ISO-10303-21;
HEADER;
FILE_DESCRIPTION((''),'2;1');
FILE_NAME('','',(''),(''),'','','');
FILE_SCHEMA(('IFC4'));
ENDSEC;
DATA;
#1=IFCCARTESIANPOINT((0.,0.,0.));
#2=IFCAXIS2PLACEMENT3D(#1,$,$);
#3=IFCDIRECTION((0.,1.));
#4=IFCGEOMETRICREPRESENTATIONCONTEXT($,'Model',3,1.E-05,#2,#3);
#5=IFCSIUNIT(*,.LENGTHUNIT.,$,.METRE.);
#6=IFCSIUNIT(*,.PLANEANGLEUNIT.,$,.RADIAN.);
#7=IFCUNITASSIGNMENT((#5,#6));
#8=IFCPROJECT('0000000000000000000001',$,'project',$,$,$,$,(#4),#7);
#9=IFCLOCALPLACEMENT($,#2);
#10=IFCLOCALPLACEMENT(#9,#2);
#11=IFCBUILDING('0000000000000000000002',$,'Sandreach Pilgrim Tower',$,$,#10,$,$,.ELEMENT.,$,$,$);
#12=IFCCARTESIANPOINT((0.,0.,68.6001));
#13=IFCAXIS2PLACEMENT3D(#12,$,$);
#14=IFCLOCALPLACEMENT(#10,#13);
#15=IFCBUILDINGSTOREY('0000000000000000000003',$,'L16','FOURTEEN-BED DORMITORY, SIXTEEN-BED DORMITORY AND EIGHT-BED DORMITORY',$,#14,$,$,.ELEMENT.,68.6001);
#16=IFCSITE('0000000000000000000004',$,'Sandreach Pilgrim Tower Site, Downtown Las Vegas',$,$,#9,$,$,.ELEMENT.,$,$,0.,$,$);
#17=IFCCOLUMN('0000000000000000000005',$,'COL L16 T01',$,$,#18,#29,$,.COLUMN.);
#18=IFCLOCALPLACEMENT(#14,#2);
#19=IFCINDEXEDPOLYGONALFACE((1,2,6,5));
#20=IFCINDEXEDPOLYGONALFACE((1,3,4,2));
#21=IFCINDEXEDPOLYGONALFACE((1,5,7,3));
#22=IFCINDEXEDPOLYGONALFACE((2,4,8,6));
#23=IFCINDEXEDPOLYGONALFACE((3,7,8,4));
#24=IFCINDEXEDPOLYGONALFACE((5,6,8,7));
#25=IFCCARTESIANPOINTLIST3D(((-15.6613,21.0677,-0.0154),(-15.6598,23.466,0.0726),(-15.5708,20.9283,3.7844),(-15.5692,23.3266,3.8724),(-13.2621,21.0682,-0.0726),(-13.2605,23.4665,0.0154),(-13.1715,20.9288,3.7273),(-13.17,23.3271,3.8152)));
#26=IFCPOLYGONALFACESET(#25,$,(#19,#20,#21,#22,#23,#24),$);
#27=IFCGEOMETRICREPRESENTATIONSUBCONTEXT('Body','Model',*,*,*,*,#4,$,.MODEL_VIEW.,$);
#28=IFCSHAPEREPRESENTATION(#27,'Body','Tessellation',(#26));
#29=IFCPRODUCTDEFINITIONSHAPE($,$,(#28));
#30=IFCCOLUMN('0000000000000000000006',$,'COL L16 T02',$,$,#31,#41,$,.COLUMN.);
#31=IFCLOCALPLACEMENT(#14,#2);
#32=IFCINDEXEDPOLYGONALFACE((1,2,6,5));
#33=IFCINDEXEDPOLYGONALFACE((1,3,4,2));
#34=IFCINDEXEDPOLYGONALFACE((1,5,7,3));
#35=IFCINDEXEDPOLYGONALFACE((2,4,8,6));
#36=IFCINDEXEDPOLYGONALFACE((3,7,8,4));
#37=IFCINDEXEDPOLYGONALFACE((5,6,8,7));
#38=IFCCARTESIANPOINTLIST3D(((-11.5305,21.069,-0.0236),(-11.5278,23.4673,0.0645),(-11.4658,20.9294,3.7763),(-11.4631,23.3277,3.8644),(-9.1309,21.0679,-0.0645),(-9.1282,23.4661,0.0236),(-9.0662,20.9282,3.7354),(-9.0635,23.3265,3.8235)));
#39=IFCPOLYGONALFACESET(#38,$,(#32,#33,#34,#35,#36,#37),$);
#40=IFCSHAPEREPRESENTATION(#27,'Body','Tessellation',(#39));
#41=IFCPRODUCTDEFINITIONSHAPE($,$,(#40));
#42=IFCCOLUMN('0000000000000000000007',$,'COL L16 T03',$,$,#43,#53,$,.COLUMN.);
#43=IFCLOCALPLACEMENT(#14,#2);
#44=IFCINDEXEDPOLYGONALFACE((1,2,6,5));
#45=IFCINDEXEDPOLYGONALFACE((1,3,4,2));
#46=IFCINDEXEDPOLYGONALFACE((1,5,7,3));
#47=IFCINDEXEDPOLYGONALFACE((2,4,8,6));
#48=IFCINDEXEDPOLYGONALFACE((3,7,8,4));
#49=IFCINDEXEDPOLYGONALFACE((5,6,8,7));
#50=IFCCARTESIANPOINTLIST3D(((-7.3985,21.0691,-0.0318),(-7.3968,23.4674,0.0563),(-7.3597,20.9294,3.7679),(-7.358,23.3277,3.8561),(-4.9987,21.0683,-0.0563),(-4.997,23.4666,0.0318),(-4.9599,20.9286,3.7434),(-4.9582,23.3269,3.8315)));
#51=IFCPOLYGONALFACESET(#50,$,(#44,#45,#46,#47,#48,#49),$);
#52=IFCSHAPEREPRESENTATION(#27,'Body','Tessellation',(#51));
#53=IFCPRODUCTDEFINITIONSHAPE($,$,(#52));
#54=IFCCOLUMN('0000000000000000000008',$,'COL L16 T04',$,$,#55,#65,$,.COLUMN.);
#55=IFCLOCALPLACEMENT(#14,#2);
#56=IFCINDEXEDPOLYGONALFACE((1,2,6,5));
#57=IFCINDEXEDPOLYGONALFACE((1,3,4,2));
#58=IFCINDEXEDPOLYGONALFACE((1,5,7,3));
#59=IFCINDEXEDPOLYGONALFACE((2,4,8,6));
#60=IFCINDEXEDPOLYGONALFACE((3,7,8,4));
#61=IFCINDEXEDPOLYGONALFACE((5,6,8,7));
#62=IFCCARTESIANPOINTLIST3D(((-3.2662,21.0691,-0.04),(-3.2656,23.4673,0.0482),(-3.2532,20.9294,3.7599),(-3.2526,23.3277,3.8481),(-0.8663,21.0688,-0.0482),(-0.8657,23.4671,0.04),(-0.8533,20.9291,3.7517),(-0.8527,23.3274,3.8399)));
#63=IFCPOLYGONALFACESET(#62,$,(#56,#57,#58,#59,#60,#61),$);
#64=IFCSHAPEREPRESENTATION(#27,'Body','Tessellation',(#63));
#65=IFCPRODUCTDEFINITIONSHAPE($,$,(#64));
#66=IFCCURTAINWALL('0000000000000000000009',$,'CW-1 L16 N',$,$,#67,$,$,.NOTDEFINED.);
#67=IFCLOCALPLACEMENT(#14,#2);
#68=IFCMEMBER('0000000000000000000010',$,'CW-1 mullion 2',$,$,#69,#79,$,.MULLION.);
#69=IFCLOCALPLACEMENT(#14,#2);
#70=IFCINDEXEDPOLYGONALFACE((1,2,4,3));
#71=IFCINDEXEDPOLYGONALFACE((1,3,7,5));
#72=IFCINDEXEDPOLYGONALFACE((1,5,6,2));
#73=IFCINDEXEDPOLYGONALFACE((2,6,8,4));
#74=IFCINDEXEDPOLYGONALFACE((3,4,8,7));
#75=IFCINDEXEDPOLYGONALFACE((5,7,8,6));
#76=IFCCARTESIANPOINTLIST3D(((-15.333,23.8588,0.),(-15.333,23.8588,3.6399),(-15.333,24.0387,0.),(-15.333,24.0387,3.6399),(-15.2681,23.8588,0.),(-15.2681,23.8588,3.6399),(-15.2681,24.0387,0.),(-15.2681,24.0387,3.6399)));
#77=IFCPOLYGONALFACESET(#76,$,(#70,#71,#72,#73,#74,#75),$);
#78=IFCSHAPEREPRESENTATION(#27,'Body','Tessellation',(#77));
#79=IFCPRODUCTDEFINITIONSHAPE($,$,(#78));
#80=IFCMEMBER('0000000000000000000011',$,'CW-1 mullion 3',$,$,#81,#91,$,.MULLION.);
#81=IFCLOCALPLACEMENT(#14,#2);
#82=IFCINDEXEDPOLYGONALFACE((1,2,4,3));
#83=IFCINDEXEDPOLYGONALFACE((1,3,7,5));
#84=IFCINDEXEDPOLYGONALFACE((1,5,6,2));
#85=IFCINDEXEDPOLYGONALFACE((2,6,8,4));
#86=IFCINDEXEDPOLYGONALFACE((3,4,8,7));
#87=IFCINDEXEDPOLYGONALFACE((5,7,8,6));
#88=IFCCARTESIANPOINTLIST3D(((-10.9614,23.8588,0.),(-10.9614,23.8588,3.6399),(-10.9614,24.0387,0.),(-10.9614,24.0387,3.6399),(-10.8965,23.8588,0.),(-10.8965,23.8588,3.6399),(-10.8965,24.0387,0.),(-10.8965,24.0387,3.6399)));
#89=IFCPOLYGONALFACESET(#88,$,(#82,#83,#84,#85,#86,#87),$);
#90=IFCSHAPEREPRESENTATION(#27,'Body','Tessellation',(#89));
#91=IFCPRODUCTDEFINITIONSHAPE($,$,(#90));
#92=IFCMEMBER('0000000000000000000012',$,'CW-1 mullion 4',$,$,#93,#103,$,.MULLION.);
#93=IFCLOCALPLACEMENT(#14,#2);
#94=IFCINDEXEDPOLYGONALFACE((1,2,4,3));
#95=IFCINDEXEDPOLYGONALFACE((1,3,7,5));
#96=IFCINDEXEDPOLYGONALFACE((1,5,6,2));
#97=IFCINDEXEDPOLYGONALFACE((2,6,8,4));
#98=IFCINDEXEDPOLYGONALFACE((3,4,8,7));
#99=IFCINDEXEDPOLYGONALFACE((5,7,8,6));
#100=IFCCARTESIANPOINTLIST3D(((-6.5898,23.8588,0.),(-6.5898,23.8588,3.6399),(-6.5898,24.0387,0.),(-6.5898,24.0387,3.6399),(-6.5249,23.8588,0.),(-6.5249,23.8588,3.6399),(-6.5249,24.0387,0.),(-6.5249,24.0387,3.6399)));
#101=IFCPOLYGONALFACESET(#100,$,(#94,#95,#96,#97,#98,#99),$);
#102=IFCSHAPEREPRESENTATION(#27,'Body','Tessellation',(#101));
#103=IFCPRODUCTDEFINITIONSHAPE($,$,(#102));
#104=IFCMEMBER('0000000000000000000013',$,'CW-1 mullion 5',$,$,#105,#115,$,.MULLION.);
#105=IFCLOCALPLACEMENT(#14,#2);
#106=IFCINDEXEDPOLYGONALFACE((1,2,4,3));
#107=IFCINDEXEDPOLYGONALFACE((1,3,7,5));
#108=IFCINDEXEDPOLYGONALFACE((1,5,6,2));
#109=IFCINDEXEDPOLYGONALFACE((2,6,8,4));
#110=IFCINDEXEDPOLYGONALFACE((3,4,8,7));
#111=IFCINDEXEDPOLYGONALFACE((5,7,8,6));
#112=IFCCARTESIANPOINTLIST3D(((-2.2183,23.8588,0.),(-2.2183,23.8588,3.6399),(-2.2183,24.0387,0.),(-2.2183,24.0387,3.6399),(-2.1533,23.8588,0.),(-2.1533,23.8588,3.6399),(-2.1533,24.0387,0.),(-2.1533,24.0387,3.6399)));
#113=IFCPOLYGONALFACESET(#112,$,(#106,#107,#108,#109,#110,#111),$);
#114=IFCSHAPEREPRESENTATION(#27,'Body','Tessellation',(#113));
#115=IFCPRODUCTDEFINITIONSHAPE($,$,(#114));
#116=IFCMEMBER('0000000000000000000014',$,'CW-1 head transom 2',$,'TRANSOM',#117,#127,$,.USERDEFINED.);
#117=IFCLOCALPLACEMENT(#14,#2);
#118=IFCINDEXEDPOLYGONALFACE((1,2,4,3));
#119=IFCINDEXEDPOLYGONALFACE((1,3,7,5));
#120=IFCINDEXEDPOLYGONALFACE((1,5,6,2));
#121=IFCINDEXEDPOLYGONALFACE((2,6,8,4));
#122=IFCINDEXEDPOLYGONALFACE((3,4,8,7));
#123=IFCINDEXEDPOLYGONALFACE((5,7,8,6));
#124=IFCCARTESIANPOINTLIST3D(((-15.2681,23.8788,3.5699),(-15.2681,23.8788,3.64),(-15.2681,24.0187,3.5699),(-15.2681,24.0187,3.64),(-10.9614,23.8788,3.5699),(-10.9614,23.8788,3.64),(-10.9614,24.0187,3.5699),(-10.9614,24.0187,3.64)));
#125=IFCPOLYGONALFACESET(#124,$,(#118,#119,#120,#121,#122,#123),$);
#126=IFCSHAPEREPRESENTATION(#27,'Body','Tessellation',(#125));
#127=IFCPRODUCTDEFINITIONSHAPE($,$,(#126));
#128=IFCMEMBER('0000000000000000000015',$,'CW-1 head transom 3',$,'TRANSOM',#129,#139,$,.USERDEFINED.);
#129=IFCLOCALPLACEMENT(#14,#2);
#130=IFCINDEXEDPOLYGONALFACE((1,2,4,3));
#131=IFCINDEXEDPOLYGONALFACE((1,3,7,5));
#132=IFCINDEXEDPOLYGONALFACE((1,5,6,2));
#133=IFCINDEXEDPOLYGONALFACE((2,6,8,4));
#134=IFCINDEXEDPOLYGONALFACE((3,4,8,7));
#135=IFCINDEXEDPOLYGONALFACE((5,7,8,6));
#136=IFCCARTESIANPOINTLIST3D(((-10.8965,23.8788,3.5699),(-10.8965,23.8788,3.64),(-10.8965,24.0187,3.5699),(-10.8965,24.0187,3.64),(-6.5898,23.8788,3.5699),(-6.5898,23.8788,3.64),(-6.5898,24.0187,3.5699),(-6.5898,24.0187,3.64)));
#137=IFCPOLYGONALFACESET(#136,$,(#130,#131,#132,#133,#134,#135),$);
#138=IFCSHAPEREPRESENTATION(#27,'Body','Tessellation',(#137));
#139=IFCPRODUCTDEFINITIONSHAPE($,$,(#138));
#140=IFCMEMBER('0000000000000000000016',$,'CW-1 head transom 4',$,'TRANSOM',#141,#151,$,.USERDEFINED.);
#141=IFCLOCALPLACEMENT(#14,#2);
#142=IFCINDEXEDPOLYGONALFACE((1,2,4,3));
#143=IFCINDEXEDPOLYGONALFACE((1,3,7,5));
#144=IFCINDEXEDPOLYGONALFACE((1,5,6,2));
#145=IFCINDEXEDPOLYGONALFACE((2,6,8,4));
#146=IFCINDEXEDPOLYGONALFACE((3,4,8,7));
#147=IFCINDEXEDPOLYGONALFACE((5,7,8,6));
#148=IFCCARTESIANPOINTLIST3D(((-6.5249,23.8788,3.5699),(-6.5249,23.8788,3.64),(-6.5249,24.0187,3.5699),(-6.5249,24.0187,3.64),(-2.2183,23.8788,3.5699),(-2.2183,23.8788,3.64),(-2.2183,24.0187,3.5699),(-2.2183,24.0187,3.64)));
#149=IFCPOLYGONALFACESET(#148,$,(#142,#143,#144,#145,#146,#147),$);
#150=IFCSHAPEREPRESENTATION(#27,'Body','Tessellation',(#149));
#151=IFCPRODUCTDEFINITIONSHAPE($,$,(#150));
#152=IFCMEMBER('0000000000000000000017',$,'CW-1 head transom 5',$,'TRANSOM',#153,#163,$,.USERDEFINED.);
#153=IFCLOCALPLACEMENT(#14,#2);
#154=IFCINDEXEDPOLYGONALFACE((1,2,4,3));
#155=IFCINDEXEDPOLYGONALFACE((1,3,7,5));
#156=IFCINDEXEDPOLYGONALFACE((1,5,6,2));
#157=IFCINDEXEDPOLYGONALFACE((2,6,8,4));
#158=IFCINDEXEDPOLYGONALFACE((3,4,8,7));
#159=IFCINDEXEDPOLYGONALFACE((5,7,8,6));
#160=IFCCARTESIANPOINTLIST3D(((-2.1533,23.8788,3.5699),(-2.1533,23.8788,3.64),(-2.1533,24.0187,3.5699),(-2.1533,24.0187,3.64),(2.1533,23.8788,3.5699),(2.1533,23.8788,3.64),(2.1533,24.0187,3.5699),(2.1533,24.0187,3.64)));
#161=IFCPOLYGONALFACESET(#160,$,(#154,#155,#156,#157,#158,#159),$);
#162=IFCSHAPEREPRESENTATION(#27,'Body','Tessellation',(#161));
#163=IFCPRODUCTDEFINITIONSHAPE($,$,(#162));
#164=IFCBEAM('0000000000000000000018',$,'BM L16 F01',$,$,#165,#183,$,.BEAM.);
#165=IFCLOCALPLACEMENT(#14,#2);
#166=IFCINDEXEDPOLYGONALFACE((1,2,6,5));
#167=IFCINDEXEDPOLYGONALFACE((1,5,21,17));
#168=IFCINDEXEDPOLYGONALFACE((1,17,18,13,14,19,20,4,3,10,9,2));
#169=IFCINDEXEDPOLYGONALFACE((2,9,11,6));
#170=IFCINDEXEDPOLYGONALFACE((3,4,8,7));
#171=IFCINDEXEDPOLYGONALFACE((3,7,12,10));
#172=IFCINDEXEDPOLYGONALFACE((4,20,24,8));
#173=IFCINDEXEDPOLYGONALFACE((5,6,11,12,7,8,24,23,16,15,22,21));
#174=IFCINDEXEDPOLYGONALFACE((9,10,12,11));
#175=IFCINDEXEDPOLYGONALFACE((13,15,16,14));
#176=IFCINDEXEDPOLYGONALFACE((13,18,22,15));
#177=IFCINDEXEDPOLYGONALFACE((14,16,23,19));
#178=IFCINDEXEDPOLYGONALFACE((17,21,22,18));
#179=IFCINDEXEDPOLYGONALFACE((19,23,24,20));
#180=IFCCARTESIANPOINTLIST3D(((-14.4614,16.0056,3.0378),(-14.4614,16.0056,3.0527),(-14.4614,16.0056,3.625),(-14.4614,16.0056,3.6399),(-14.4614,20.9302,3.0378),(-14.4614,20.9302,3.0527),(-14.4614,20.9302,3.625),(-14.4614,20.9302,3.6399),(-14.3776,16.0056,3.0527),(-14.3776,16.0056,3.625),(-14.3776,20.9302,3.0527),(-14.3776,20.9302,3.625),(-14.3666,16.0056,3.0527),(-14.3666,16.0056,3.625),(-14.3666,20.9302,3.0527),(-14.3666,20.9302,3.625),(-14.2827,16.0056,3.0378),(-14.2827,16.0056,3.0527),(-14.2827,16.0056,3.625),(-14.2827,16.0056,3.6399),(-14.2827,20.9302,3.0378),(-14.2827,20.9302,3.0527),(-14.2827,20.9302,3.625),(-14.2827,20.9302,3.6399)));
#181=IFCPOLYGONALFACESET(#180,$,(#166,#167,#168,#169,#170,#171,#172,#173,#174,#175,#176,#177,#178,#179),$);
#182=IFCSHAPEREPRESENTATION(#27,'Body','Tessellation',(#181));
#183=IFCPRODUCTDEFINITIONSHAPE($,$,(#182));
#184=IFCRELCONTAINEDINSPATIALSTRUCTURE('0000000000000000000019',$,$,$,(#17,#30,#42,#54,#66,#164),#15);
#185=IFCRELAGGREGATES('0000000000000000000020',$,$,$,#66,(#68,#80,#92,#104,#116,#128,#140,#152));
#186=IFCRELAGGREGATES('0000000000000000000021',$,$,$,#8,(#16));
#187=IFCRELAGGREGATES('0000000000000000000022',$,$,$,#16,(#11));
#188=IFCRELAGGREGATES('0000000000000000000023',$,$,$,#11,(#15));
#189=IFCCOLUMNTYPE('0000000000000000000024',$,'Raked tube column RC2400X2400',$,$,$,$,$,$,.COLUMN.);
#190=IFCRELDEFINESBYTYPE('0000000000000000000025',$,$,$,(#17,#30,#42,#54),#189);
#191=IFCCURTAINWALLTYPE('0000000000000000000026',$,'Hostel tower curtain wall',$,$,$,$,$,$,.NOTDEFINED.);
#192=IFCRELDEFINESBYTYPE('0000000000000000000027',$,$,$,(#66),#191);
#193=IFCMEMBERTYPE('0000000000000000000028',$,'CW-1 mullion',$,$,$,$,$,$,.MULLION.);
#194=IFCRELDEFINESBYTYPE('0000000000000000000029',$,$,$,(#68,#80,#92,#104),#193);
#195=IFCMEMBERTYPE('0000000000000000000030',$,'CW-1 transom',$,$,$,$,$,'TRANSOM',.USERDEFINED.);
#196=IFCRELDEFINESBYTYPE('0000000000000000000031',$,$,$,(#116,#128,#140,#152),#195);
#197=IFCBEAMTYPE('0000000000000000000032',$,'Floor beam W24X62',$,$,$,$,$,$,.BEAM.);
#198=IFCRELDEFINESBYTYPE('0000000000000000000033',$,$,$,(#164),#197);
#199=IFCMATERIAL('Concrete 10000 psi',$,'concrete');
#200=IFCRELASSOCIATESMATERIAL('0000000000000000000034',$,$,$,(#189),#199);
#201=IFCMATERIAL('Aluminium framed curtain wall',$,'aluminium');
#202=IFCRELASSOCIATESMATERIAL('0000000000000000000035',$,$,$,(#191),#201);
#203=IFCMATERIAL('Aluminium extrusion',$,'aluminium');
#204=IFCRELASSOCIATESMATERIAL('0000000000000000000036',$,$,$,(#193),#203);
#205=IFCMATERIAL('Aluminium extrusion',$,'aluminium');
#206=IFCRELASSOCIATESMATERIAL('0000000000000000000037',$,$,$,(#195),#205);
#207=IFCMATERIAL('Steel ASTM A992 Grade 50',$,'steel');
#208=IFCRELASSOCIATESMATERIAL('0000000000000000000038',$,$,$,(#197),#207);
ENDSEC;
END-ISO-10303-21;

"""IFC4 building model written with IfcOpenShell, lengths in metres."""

from ifc_helpers import new_model, si_unit, direction, frame, origin, origin_2d, place, context, subcontext, project, spatial, rectangle, i_section, extrude, material, material_profile, profile_set, type_object, element, aggregate, save


model = new_model("IFC4")

# Units and contexts
model_context = context("Model", 3, precision=1e-05, world=origin(), true_north=direction((0.0, 1.0)))
body_context = subcontext(model_context, "Body", "Model", "MODEL_VIEW")
ifc_project = project(units=[si_unit("LENGTHUNIT", "METRE"), si_unit("PLANEANGLEUNIT", "RADIAN")], contexts=[model_context])

# Site, building, storey
site_placement = place(None, origin())
site = spatial("IfcSite", under=ifc_project, at=site_placement, Name="Sandreach Pilgrim Tower Site, Downtown Las Vegas", CompositionType="ELEMENT", RefElevation=0.0)
building_placement = place(site_placement, origin())
building = spatial("IfcBuilding", under=site, at=building_placement, Name="Sandreach Pilgrim Tower", CompositionType="ELEMENT")
storey_placement = place(building_placement, frame((0.0, 0.0, 68.6001)))
storey = spatial("IfcBuildingStorey", under=building, at=storey_placement, Name="L16", Description="FOURTEEN-BED DORMITORY, SIXTEEN-BED DORMITORY AND EIGHT-BED DORMITORY", CompositionType="ELEMENT", Elevation=68.6001)

# Columns
ifc_material_1 = material(Name="Concrete 10000 psi", Category="concrete")
ifc_material_profile_1 = material_profile(ifc_material_1, rectangle(XDim=2.3999, YDim=2.3999, at=origin_2d()), Name="RC2400X2400")
ifc_profile_set_1 = profile_set([ifc_material_profile_1], Name="Concrete 10000 psi")
column_type = type_object("IfcColumnType", Name="Raked tube column RC2400X2400", PredefinedType="COLUMN", material=ifc_profile_set_1)
column_1_placement = place(storey_placement, frame((-14.4609, 22.2671, 0.0), z_axis=(0.023814, -0.036652, 0.999044), x_axis=(0.000658, 0.999328, 0.036647)))
element("IfcColumn", 1, at=column_1_placement, inside=storey, type_object=column_type, Name="COL L16 T01", PredefinedType="COLUMN", context=body_context, shape_type="SweptSolid", body=[
    extrude(rectangle(XDim=2.3999, YDim=2.3999, at=origin_2d()), origin(), (0.0, 0.0, 1.0), 3.8035),
])
column_2_placement = place(storey_placement, frame((-10.3293, 22.2676, 0.0), z_axis=(0.017013, -0.036721, 0.999181), x_axis=(0.001112, 0.999325, 0.036708)))
element("IfcColumn", 2, at=column_2_placement, inside=storey, type_object=column_type, Name="COL L16 T02", PredefinedType="COLUMN", context=body_context, shape_type="SweptSolid", body=[
    extrude(rectangle(XDim=2.3999, YDim=2.3999, at=origin_2d()), origin(), (0.0, 0.0, 1.0), 3.803),
])
for number, where, z_axis, x_axis, name in (
    (3, (-6.1978, 22.2678, 0.0), (0.010208, -0.036725, 0.999273), (0.000705, 0.999325, 0.036719), "COL L16 T03"),
    (4, (-2.0659, 22.2681, 0.0), (0.003403, -0.036726, 0.99932), (0.000242, 0.999325, 0.036726), "COL L16 T04"),
):
    element("IfcColumn", number, at=place(storey_placement, frame(where, z_axis=z_axis, x_axis=x_axis)), inside=storey, type_object=column_type, Name=name, PredefinedType="COLUMN", context=body_context, shape_type="SweptSolid", body=[
        extrude(rectangle(XDim=2.3999, YDim=2.3999, at=origin_2d()), origin(), (0.0, 0.0, 1.0), 3.8025),
    ])

# Curtain wall, members
ifc_material_2 = material(Name="Aluminium framed curtain wall", Category="aluminium")
curtain_wall_type = type_object("IfcCurtainWallType", Name="Hostel tower curtain wall", PredefinedType="NOTDEFINED", material=ifc_material_2)
curtain_wall_placement = place(storey_placement, origin())
curtain_wall = element("IfcCurtainWall", 5, at=curtain_wall_placement, inside=storey, type_object=curtain_wall_type, Name="CW-1 L16 N", PredefinedType="NOTDEFINED")
ifc_material_3 = material(Name="Aluminium extrusion", Category="aluminium")
ifc_material_profile_2 = material_profile(ifc_material_3, rectangle(XDim=0.0649, YDim=0.1799, at=origin_2d()), Name="CW-1M 65X180")
ifc_profile_set_2 = profile_set([ifc_material_profile_2], Name="Aluminium extrusion")
member_type_1 = type_object("IfcMemberType", Name="CW-1 mullion", PredefinedType="MULLION", material=ifc_profile_set_2)
member_1_placement = place(storey_placement, frame((-15.3005, 23.9487, 0.0), z_axis=(0.0, 0.0, 1.0), x_axis=(1.0, 0.0, 0.0)))
member_1 = element("IfcMember", 6, at=member_1_placement, type_object=member_type_1, Name="CW-1 mullion 2", PredefinedType="MULLION", context=body_context, shape_type="SweptSolid", body=[
    extrude(rectangle(XDim=0.0649, YDim=0.1799, at=origin_2d()), origin(), (0.0, 0.0, 1.0), 3.6399),
])
member_2_placement = place(storey_placement, frame((-10.929, 23.9487, 0.0), z_axis=(0.0, 0.0, 1.0), x_axis=(1.0, 0.0, 0.0)))
member_2 = element("IfcMember", 7, at=member_2_placement, type_object=member_type_1, Name="CW-1 mullion 3", PredefinedType="MULLION", context=body_context, shape_type="SweptSolid", body=[
    extrude(rectangle(XDim=0.0649, YDim=0.1799, at=origin_2d()), origin(), (0.0, 0.0, 1.0), 3.6399),
])
member_3_placement = place(storey_placement, frame((-6.5574, 23.9487, 0.0), z_axis=(0.0, 0.0, 1.0), x_axis=(1.0, 0.0, 0.0)))
member_3 = element("IfcMember", 8, at=member_3_placement, type_object=member_type_1, Name="CW-1 mullion 4", PredefinedType="MULLION", context=body_context, shape_type="SweptSolid", body=[
    extrude(rectangle(XDim=0.0649, YDim=0.1799, at=origin_2d()), origin(), (0.0, 0.0, 1.0), 3.6399),
])
member_4_placement = place(storey_placement, frame((-2.1858, 23.9487, 0.0), z_axis=(0.0, 0.0, 1.0), x_axis=(1.0, 0.0, 0.0)))
member_4 = element("IfcMember", 9, at=member_4_placement, type_object=member_type_1, Name="CW-1 mullion 5", PredefinedType="MULLION", context=body_context, shape_type="SweptSolid", body=[
    extrude(rectangle(XDim=0.0649, YDim=0.1799, at=origin_2d()), origin(), (0.0, 0.0, 1.0), 3.6399),
])
ifc_material_4 = material(Name="Aluminium extrusion", Category="aluminium")
ifc_material_profile_3 = material_profile(ifc_material_4, rectangle(XDim=0.1399, YDim=0.0701, at=origin_2d()), Name="CW-1T 140X70")
ifc_profile_set_3 = profile_set([ifc_material_profile_3], Name="Aluminium extrusion")
member_type_2 = type_object("IfcMemberType", Name="CW-1 transom", ElementType="TRANSOM", PredefinedType="USERDEFINED", material=ifc_profile_set_3)
member_5_placement = place(storey_placement, frame((-15.2681, 23.9487, 3.605), z_axis=(1.0, 0.0, 0.0), x_axis=(0.0, 1.0, 0.0)))
member_5 = element("IfcMember", 10, at=member_5_placement, type_object=member_type_2, Name="CW-1 head transom 2", ObjectType="TRANSOM", PredefinedType="USERDEFINED", context=body_context, shape_type="SweptSolid", body=[
    extrude(rectangle(XDim=0.1399, YDim=0.0701, at=origin_2d()), origin(), (0.0, 0.0, 1.0), 4.3066),
])
member_6_placement = place(storey_placement, frame((-10.8965, 23.9487, 3.605), z_axis=(1.0, 0.0, 0.0), x_axis=(0.0, 1.0, 0.0)))
member_6 = element("IfcMember", 11, at=member_6_placement, type_object=member_type_2, Name="CW-1 head transom 3", ObjectType="TRANSOM", PredefinedType="USERDEFINED", context=body_context, shape_type="SweptSolid", body=[
    extrude(rectangle(XDim=0.1399, YDim=0.0701, at=origin_2d()), origin(), (0.0, 0.0, 1.0), 4.3066),
])
member_7_placement = place(storey_placement, frame((-6.5249, 23.9487, 3.605), z_axis=(1.0, 0.0, 0.0), x_axis=(0.0, 1.0, 0.0)))
member_7 = element("IfcMember", 12, at=member_7_placement, type_object=member_type_2, Name="CW-1 head transom 4", ObjectType="TRANSOM", PredefinedType="USERDEFINED", context=body_context, shape_type="SweptSolid", body=[
    extrude(rectangle(XDim=0.1399, YDim=0.0701, at=origin_2d()), origin(), (0.0, 0.0, 1.0), 4.3066),
])
member_8_placement = place(storey_placement, frame((-2.1533, 23.9487, 3.605), z_axis=(1.0, 0.0, 0.0), x_axis=(0.0, 1.0, 0.0)))
member_8 = element("IfcMember", 13, at=member_8_placement, type_object=member_type_2, Name="CW-1 head transom 5", ObjectType="TRANSOM", PredefinedType="USERDEFINED", context=body_context, shape_type="SweptSolid", body=[
    extrude(rectangle(XDim=0.1399, YDim=0.0701, at=origin_2d()), origin(), (0.0, 0.0, 1.0), 4.3066),
])

# Beam
ifc_material_5 = material(Name="Steel ASTM A992 Grade 50", Category="steel")
ifc_material_profile_4 = material_profile(ifc_material_5, i_section(OverallWidth=0.1787, OverallDepth=0.6021, WebThickness=0.011, FlangeThickness=0.0149, at=origin_2d()), Name="W24X62")
ifc_profile_set_4 = profile_set([ifc_material_profile_4], Name="Steel ASTM A992 Grade 50")
beam_type_1 = type_object("IfcBeamType", Name="Floor beam W24X62", PredefinedType="BEAM", material=ifc_profile_set_4)
beam_1_placement = place(storey_placement, frame((-14.3721, 20.9302, 3.3389), z_axis=(0.0, -1.0, 0.0), x_axis=(1.0, 0.0, 0.0)))
element("IfcBeam", 14, at=beam_1_placement, inside=storey, type_object=beam_type_1, Name="BM L16 F01", PredefinedType="BEAM", context=body_context, shape_type="SweptSolid", body=[
    extrude(i_section(OverallWidth=0.1787, OverallDepth=0.6021, WebThickness=0.011, FlangeThickness=0.0149, at=origin_2d()), origin(), (0.0, 0.0, 1.0), 4.9246),
])

aggregate(curtain_wall, [member_1, member_2, member_3, member_4, member_5, member_6, member_7, member_8])

save(model, "model.ifc")
